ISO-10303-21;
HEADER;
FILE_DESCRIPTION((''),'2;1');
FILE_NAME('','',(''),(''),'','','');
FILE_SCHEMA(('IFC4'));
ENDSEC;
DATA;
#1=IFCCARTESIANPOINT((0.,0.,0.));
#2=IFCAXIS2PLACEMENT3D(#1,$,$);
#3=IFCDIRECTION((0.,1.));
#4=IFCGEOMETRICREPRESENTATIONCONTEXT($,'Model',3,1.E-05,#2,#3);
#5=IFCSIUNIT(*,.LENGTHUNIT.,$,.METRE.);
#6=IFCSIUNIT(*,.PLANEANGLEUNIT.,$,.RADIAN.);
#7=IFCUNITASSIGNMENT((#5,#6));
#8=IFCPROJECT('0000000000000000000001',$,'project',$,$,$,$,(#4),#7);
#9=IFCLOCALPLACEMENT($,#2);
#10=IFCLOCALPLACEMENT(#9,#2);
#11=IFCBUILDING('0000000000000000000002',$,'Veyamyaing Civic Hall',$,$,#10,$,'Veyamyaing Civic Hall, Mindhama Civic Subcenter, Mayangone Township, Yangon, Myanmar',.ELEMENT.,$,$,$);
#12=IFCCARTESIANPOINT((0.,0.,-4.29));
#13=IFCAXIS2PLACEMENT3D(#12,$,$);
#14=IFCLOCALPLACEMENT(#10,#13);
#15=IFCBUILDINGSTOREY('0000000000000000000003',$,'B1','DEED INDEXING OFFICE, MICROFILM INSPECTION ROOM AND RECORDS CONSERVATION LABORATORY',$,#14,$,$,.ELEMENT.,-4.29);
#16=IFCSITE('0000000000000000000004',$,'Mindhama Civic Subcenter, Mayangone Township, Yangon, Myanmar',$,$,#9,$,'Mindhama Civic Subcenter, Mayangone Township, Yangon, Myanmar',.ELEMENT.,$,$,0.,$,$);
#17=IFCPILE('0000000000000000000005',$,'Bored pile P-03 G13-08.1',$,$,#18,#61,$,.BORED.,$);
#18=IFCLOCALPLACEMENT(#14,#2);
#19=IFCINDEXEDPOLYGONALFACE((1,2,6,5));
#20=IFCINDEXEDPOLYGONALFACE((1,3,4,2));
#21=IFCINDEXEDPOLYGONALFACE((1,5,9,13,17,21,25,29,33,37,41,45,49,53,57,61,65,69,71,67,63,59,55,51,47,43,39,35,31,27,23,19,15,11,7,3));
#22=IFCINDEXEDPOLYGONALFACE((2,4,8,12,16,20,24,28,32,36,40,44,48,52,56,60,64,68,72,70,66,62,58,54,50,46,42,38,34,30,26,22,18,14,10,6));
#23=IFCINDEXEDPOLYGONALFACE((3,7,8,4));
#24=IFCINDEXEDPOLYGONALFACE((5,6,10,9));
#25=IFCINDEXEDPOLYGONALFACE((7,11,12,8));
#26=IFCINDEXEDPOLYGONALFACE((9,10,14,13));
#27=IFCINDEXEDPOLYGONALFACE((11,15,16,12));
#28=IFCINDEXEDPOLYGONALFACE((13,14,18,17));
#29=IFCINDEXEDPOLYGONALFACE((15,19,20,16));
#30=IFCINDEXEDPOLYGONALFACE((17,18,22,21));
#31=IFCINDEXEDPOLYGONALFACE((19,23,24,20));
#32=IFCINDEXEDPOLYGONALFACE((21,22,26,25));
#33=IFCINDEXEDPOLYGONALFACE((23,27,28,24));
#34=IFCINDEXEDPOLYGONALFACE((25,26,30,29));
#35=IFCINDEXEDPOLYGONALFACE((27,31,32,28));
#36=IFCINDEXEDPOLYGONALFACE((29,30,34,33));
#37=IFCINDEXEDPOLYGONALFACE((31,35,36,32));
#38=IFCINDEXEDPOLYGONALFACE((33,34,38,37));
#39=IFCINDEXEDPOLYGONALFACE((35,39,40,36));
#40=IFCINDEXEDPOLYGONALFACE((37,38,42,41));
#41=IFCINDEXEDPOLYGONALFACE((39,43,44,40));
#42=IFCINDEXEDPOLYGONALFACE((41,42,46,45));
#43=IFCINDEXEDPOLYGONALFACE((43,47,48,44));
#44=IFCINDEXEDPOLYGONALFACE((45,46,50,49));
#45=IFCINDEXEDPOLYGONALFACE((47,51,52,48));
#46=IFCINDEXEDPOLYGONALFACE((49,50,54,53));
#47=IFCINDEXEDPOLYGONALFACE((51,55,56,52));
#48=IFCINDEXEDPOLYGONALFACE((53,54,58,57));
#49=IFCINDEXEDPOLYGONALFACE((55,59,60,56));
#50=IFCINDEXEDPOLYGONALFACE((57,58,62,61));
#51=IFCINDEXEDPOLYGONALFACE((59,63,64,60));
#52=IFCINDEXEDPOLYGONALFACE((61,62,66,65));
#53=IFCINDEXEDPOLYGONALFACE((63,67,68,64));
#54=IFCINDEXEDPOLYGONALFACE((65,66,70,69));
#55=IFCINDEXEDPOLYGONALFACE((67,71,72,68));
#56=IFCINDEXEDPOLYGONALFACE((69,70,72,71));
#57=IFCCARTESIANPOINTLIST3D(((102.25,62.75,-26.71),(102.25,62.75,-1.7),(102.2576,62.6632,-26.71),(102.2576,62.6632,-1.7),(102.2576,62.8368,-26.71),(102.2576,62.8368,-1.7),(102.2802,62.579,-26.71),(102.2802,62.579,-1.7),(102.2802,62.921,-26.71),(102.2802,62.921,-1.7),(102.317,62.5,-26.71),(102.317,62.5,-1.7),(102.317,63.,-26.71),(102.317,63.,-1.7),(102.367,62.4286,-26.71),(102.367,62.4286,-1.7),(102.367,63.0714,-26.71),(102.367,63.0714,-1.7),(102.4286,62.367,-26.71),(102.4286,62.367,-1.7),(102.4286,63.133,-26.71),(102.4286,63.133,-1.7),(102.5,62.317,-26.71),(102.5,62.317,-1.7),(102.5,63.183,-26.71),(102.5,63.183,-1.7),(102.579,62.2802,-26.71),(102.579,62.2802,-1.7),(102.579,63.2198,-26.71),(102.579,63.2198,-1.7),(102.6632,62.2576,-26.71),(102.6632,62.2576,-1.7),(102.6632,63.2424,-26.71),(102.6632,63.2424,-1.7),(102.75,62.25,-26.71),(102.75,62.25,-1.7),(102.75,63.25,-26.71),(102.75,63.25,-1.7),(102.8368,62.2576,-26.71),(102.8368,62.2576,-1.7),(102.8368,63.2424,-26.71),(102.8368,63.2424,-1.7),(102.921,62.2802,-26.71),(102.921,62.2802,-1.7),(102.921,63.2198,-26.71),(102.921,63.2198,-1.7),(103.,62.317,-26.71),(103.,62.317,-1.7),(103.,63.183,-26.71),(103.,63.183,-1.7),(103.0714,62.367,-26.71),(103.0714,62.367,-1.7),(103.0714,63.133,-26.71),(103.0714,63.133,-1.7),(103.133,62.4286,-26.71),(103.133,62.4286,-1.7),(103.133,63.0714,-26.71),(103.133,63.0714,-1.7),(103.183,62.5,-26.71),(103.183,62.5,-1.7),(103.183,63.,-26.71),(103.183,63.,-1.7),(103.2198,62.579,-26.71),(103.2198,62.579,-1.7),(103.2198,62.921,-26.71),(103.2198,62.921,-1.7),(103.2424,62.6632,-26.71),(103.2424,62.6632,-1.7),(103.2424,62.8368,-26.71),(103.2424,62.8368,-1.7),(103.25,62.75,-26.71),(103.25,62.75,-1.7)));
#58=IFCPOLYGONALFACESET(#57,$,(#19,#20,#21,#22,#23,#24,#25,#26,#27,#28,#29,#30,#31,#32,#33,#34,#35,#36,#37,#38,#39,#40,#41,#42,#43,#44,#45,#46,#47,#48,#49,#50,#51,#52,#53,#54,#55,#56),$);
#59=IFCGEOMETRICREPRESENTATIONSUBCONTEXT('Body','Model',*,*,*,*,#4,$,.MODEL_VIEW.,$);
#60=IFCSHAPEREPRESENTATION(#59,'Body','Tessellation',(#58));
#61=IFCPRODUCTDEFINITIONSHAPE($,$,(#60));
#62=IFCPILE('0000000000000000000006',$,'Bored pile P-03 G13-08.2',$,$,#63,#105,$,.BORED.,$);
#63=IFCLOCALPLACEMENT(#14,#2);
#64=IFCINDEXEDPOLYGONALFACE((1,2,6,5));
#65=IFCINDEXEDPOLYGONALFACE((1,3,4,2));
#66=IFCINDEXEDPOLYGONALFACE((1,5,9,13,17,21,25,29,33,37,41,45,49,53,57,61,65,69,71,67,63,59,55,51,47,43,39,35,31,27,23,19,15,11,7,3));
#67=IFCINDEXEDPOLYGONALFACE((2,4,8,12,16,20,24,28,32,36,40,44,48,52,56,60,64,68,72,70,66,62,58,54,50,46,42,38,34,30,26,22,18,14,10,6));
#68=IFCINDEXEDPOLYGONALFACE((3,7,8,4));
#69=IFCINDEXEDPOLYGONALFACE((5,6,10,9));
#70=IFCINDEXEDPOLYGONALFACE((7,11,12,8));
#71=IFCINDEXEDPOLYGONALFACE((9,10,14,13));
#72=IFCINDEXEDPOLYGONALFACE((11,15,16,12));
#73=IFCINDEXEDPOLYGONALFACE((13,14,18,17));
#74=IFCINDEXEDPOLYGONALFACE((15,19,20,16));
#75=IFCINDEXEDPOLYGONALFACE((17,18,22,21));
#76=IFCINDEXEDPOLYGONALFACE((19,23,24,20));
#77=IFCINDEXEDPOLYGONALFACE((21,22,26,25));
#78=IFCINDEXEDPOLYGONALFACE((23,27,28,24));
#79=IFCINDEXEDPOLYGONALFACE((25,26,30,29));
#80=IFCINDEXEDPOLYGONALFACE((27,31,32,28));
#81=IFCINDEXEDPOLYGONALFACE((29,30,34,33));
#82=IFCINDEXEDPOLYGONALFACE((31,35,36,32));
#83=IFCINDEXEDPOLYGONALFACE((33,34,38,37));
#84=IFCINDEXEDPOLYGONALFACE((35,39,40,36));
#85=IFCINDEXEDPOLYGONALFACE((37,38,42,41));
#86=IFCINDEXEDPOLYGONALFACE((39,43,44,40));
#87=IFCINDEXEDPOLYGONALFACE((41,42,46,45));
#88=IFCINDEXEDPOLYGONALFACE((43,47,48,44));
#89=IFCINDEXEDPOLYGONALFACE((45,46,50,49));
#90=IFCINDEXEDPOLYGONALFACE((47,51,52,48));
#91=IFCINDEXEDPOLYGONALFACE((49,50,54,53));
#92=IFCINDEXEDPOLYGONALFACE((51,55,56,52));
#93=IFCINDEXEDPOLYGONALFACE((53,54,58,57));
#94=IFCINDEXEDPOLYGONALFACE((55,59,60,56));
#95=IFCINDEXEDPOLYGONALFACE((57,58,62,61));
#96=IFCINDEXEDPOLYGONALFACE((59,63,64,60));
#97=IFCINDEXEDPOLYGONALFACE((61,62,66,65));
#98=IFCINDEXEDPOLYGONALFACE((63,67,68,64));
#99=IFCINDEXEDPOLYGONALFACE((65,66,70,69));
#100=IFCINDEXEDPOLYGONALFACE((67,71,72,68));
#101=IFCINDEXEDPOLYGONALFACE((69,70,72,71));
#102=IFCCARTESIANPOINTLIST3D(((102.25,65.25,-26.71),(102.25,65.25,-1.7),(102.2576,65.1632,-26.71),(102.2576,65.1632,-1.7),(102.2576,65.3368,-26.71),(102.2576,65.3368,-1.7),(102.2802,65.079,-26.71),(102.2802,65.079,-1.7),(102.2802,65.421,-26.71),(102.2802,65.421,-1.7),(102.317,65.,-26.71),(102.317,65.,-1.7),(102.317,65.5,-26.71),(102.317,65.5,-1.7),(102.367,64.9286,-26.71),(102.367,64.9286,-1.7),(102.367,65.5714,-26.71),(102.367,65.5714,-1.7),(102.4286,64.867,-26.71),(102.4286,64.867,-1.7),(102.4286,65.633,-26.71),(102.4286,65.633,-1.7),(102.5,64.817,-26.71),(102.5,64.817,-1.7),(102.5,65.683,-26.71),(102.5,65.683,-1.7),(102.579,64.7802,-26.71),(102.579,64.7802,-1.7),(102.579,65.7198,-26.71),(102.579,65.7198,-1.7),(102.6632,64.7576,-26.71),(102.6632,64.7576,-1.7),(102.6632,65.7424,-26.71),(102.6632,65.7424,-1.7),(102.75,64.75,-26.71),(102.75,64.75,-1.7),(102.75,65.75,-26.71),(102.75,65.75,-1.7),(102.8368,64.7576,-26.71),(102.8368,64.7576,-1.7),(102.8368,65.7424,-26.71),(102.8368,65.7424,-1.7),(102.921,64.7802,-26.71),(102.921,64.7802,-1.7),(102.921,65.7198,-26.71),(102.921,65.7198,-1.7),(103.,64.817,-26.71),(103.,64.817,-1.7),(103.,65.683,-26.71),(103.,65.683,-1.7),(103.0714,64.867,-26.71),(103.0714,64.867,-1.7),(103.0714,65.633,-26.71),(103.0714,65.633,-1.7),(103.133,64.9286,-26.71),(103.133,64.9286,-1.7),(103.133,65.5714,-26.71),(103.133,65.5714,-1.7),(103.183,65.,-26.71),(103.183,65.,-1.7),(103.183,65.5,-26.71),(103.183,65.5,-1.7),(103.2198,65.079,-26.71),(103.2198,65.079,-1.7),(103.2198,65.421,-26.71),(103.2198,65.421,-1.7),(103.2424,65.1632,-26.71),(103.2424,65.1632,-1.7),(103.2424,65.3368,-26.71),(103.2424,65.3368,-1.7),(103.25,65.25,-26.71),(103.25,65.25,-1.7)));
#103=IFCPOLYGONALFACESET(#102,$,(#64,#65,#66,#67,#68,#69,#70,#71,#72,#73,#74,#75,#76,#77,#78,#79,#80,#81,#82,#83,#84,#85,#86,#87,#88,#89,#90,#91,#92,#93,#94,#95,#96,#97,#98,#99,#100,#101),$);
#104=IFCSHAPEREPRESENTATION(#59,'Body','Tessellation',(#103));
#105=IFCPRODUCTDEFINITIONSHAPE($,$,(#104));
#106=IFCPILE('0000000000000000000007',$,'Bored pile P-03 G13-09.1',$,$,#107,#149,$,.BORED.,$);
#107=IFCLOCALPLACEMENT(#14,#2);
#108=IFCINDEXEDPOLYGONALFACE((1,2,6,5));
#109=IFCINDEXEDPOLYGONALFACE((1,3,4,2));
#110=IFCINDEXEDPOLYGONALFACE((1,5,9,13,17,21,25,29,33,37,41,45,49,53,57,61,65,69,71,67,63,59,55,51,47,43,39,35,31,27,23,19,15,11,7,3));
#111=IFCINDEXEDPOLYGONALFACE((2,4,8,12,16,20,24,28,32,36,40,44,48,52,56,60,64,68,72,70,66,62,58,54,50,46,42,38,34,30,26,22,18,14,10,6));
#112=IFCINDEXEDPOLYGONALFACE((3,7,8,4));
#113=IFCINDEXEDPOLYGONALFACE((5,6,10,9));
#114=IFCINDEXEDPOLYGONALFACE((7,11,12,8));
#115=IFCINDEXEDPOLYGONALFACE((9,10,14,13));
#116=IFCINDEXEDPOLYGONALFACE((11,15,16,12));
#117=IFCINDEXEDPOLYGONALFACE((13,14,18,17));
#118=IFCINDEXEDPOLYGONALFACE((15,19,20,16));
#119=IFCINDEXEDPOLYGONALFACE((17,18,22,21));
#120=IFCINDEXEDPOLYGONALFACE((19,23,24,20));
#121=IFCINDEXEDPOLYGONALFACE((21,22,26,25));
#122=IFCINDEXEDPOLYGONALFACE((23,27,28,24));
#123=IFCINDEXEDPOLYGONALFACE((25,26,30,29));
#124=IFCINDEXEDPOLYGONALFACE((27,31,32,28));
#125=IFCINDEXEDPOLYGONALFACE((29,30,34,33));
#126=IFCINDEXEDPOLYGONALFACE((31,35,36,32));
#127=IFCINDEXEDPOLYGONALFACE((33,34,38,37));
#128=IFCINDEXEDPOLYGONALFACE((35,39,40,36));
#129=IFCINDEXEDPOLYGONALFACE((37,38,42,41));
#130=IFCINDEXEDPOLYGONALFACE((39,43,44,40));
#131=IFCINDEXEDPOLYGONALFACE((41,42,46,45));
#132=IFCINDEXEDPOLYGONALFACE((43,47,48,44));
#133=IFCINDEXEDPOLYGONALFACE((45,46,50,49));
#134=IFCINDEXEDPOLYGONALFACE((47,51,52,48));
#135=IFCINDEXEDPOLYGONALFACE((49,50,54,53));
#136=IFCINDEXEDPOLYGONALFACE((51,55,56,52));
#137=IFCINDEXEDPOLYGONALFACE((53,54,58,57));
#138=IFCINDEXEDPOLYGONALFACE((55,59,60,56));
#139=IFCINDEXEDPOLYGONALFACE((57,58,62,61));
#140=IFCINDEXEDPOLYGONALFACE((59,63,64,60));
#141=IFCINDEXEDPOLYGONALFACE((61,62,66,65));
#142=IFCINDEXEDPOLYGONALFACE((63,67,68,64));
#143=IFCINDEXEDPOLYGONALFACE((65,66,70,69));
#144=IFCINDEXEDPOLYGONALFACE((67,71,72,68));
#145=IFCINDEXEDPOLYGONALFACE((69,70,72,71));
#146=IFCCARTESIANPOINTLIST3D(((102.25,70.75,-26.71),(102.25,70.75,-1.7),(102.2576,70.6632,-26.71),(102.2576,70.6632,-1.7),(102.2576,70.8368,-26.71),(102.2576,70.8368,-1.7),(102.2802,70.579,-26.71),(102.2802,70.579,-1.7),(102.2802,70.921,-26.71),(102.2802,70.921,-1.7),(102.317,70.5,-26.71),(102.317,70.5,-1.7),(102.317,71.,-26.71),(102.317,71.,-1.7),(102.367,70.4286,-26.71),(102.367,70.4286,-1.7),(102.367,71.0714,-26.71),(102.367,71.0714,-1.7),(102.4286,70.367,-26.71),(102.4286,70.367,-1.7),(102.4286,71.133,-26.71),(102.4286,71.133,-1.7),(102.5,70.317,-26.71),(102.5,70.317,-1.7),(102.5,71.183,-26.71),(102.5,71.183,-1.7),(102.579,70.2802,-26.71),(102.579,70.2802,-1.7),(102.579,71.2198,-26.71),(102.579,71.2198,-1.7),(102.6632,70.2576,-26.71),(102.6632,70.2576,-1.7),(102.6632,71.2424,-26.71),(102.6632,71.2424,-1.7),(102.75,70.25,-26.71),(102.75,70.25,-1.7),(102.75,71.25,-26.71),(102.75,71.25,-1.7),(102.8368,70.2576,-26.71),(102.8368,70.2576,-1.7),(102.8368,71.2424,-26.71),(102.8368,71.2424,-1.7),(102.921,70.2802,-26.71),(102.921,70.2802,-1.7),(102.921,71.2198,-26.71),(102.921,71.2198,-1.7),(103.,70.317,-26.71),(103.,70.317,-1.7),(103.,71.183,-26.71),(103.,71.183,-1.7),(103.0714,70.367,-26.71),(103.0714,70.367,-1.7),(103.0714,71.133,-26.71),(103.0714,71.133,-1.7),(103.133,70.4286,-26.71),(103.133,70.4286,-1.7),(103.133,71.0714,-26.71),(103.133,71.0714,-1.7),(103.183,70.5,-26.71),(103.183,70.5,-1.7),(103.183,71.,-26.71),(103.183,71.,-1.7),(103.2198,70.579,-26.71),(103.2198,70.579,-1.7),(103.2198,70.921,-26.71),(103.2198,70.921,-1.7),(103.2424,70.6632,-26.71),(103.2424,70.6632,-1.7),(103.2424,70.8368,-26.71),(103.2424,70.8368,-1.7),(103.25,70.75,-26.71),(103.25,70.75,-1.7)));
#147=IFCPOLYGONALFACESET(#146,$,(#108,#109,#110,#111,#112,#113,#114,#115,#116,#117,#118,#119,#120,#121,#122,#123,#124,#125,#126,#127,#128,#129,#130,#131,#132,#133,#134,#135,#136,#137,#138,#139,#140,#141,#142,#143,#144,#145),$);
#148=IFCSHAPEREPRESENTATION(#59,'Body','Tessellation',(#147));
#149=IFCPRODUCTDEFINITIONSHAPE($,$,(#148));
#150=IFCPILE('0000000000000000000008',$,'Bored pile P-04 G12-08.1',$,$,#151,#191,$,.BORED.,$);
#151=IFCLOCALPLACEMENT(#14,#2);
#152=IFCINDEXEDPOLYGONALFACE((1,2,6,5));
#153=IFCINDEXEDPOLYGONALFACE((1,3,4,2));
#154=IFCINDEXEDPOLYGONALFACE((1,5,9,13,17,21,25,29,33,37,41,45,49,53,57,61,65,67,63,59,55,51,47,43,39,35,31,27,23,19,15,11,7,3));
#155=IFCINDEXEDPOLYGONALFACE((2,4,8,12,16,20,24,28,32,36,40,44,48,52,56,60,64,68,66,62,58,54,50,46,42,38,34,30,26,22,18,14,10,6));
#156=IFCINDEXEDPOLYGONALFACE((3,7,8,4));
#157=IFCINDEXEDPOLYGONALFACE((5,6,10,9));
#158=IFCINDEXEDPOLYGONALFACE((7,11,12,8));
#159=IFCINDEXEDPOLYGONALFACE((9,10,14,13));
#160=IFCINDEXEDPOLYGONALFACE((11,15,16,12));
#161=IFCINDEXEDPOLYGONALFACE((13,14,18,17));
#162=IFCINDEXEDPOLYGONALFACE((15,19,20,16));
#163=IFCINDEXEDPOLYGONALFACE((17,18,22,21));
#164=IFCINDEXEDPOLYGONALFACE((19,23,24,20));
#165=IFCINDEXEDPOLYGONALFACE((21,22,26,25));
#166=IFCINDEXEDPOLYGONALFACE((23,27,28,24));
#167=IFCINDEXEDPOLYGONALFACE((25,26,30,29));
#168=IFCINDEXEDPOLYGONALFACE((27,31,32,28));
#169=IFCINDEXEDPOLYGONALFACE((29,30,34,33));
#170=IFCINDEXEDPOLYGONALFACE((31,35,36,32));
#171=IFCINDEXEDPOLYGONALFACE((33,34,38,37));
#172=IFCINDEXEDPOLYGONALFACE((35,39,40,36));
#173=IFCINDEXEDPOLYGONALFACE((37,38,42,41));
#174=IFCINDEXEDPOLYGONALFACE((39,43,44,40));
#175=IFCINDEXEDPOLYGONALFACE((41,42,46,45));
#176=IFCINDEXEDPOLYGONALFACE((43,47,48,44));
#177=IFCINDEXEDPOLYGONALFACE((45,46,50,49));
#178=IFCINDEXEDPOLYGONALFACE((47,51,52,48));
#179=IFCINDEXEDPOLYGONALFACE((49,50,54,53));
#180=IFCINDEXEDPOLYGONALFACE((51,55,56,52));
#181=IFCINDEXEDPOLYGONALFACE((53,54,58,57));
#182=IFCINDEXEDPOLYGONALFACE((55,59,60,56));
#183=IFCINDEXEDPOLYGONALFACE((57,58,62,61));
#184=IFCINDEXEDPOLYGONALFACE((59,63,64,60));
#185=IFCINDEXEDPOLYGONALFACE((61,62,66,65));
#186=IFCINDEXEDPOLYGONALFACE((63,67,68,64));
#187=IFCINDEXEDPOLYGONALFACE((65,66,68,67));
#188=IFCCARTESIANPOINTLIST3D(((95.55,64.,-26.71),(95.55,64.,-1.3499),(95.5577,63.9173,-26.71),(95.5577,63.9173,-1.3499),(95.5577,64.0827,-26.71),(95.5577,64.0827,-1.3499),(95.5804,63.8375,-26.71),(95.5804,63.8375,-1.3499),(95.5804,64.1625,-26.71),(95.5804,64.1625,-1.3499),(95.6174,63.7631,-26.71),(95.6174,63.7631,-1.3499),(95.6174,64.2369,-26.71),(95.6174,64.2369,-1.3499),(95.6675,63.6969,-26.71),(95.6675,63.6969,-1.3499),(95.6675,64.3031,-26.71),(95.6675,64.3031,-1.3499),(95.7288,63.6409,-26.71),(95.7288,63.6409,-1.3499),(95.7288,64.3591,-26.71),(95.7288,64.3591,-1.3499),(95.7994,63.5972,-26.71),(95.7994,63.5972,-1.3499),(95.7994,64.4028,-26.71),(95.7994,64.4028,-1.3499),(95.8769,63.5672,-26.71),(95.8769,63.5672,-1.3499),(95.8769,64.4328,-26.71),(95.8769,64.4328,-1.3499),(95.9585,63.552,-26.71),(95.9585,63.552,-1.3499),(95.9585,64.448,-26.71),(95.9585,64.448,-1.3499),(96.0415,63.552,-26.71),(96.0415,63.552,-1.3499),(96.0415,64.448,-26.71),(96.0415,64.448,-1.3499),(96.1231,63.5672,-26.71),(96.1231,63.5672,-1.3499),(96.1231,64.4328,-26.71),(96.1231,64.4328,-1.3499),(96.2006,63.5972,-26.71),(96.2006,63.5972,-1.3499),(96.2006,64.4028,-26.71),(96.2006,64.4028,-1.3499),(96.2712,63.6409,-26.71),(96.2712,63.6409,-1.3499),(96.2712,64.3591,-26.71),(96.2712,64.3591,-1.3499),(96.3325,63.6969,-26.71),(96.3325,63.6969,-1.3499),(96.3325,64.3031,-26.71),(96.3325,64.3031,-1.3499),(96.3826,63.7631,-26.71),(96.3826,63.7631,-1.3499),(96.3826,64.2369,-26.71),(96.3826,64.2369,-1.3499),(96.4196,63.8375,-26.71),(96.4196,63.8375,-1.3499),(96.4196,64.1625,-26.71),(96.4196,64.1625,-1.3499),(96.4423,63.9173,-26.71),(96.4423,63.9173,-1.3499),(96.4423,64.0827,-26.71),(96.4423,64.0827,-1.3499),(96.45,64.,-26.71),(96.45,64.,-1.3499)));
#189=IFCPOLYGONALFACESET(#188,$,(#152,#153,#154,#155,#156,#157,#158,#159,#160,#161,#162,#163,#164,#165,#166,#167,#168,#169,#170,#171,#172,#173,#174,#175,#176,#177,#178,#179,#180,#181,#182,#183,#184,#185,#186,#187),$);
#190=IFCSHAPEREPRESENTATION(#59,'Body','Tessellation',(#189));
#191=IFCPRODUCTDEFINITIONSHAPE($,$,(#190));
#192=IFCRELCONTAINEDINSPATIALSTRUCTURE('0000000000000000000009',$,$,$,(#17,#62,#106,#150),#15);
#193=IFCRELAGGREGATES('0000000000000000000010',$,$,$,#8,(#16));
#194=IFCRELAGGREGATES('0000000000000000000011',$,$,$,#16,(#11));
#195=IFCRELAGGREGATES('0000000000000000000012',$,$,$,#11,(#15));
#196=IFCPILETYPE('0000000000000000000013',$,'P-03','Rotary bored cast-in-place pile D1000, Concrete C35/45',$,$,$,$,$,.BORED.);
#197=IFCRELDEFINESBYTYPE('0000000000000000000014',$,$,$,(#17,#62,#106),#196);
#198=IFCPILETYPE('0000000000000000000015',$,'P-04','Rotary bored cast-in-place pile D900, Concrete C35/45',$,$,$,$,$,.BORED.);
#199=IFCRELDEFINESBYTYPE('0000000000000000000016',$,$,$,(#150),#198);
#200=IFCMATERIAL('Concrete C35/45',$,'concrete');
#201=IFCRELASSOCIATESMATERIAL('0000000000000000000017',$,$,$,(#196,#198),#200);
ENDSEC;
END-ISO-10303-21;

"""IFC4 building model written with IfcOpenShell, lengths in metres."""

from ifc_helpers import new_model, si_unit, direction, frame, origin, origin_2d, place, context, subcontext, project, spatial, circle, extrude, material, material_profile, profile_set, type_object, element, save


model = new_model("IFC4")

# Units and contexts
model_context = context("Model", 3, precision=1e-05, world=origin(), true_north=direction((0.0, 1.0)))
body_context = subcontext(model_context, "Body", "Model", "MODEL_VIEW")
ifc_project = project(units=[si_unit("LENGTHUNIT", "METRE"), si_unit("PLANEANGLEUNIT", "RADIAN")], contexts=[model_context])

# Site, building, storey
site_placement = place(None, origin())
site = spatial("IfcSite", under=ifc_project, at=site_placement, Name="Mindhama Civic Subcenter, Mayangone Township, Yangon, Myanmar", LongName="Mindhama Civic Subcenter, Mayangone Township, Yangon, Myanmar", CompositionType="ELEMENT", RefElevation=0.0)
building_placement = place(site_placement, origin())
building = spatial("IfcBuilding", under=site, at=building_placement, Name="Veyamyaing Civic Hall", LongName="Veyamyaing Civic Hall, Mindhama Civic Subcenter, Mayangone Township, Yangon, Myanmar", CompositionType="ELEMENT")
storey_placement = place(building_placement, frame((0.0, 0.0, -4.29)))
storey = spatial("IfcBuildingStorey", under=building, at=storey_placement, Name="B1", Description="DEED INDEXING OFFICE, MICROFILM INSPECTION ROOM AND RECORDS CONSERVATION LABORATORY", CompositionType="ELEMENT", Elevation=-4.29)

# Piles
ifc_material_1 = material(Name="Concrete C35/45", Category="concrete")
ifc_material_profile_1 = material_profile(ifc_material_1, circle(Radius=0.5, at=origin_2d()), Name="PILE-D1000")
ifc_profile_set_1 = profile_set([ifc_material_profile_1], Name="Concrete C35/45")
pile_type_1 = type_object("IfcPileType", Name="P-03", Description="Rotary bored cast-in-place pile D1000, Concrete C35/45", PredefinedType="BORED", material=ifc_profile_set_1)
for number, where, z_axis, x_axis, name in (
    (1, (102.75, 62.75, -1.7), (0.0, 0.0, -1.0), (1.0, 0.0, 0.0), "Bored pile P-03 G13-08.1"),
    (2, (102.75, 65.25, -1.7), (0.0, 0.0, -1.0), (1.0, 0.0, 0.0), "Bored pile P-03 G13-08.2"),
    (3, (102.75, 70.75, -1.7), (0.0, 0.0, -1.0), (1.0, 0.0, 0.0), "Bored pile P-03 G13-09.1"),
):
    element("IfcPile", number, at=place(storey_placement, frame(where, z_axis=z_axis, x_axis=x_axis)), inside=storey, type_object=pile_type_1, Name=name, PredefinedType="BORED", context=body_context, shape_type="SweptSolid", body=[
        extrude(circle(Radius=0.5, at=origin_2d()), origin(), (0.0, 0.0, 1.0), 25.01),
    ])
ifc_material_profile_2 = material_profile(ifc_material_1, circle(Radius=0.45, at=origin_2d()), Name="PILE-D900")
ifc_profile_set_2 = profile_set([ifc_material_profile_2], Name="Concrete C35/45")
pile_type_2 = type_object("IfcPileType", Name="P-04", Description="Rotary bored cast-in-place pile D900, Concrete C35/45", PredefinedType="BORED", material=ifc_profile_set_2)
pile_1_placement = place(storey_placement, frame((96.0, 64.0, -1.3499), z_axis=(0.0, 0.0, -1.0), x_axis=(1.0, 0.0, 0.0)))
element("IfcPile", 4, at=pile_1_placement, inside=storey, type_object=pile_type_2, Name="Bored pile P-04 G12-08.1", PredefinedType="BORED", context=body_context, shape_type="SweptSolid", body=[
    extrude(circle(Radius=0.45, at=origin_2d()), origin(), (0.0, 0.0, 1.0), 25.3601),
])

save(model, "model.ifc")
